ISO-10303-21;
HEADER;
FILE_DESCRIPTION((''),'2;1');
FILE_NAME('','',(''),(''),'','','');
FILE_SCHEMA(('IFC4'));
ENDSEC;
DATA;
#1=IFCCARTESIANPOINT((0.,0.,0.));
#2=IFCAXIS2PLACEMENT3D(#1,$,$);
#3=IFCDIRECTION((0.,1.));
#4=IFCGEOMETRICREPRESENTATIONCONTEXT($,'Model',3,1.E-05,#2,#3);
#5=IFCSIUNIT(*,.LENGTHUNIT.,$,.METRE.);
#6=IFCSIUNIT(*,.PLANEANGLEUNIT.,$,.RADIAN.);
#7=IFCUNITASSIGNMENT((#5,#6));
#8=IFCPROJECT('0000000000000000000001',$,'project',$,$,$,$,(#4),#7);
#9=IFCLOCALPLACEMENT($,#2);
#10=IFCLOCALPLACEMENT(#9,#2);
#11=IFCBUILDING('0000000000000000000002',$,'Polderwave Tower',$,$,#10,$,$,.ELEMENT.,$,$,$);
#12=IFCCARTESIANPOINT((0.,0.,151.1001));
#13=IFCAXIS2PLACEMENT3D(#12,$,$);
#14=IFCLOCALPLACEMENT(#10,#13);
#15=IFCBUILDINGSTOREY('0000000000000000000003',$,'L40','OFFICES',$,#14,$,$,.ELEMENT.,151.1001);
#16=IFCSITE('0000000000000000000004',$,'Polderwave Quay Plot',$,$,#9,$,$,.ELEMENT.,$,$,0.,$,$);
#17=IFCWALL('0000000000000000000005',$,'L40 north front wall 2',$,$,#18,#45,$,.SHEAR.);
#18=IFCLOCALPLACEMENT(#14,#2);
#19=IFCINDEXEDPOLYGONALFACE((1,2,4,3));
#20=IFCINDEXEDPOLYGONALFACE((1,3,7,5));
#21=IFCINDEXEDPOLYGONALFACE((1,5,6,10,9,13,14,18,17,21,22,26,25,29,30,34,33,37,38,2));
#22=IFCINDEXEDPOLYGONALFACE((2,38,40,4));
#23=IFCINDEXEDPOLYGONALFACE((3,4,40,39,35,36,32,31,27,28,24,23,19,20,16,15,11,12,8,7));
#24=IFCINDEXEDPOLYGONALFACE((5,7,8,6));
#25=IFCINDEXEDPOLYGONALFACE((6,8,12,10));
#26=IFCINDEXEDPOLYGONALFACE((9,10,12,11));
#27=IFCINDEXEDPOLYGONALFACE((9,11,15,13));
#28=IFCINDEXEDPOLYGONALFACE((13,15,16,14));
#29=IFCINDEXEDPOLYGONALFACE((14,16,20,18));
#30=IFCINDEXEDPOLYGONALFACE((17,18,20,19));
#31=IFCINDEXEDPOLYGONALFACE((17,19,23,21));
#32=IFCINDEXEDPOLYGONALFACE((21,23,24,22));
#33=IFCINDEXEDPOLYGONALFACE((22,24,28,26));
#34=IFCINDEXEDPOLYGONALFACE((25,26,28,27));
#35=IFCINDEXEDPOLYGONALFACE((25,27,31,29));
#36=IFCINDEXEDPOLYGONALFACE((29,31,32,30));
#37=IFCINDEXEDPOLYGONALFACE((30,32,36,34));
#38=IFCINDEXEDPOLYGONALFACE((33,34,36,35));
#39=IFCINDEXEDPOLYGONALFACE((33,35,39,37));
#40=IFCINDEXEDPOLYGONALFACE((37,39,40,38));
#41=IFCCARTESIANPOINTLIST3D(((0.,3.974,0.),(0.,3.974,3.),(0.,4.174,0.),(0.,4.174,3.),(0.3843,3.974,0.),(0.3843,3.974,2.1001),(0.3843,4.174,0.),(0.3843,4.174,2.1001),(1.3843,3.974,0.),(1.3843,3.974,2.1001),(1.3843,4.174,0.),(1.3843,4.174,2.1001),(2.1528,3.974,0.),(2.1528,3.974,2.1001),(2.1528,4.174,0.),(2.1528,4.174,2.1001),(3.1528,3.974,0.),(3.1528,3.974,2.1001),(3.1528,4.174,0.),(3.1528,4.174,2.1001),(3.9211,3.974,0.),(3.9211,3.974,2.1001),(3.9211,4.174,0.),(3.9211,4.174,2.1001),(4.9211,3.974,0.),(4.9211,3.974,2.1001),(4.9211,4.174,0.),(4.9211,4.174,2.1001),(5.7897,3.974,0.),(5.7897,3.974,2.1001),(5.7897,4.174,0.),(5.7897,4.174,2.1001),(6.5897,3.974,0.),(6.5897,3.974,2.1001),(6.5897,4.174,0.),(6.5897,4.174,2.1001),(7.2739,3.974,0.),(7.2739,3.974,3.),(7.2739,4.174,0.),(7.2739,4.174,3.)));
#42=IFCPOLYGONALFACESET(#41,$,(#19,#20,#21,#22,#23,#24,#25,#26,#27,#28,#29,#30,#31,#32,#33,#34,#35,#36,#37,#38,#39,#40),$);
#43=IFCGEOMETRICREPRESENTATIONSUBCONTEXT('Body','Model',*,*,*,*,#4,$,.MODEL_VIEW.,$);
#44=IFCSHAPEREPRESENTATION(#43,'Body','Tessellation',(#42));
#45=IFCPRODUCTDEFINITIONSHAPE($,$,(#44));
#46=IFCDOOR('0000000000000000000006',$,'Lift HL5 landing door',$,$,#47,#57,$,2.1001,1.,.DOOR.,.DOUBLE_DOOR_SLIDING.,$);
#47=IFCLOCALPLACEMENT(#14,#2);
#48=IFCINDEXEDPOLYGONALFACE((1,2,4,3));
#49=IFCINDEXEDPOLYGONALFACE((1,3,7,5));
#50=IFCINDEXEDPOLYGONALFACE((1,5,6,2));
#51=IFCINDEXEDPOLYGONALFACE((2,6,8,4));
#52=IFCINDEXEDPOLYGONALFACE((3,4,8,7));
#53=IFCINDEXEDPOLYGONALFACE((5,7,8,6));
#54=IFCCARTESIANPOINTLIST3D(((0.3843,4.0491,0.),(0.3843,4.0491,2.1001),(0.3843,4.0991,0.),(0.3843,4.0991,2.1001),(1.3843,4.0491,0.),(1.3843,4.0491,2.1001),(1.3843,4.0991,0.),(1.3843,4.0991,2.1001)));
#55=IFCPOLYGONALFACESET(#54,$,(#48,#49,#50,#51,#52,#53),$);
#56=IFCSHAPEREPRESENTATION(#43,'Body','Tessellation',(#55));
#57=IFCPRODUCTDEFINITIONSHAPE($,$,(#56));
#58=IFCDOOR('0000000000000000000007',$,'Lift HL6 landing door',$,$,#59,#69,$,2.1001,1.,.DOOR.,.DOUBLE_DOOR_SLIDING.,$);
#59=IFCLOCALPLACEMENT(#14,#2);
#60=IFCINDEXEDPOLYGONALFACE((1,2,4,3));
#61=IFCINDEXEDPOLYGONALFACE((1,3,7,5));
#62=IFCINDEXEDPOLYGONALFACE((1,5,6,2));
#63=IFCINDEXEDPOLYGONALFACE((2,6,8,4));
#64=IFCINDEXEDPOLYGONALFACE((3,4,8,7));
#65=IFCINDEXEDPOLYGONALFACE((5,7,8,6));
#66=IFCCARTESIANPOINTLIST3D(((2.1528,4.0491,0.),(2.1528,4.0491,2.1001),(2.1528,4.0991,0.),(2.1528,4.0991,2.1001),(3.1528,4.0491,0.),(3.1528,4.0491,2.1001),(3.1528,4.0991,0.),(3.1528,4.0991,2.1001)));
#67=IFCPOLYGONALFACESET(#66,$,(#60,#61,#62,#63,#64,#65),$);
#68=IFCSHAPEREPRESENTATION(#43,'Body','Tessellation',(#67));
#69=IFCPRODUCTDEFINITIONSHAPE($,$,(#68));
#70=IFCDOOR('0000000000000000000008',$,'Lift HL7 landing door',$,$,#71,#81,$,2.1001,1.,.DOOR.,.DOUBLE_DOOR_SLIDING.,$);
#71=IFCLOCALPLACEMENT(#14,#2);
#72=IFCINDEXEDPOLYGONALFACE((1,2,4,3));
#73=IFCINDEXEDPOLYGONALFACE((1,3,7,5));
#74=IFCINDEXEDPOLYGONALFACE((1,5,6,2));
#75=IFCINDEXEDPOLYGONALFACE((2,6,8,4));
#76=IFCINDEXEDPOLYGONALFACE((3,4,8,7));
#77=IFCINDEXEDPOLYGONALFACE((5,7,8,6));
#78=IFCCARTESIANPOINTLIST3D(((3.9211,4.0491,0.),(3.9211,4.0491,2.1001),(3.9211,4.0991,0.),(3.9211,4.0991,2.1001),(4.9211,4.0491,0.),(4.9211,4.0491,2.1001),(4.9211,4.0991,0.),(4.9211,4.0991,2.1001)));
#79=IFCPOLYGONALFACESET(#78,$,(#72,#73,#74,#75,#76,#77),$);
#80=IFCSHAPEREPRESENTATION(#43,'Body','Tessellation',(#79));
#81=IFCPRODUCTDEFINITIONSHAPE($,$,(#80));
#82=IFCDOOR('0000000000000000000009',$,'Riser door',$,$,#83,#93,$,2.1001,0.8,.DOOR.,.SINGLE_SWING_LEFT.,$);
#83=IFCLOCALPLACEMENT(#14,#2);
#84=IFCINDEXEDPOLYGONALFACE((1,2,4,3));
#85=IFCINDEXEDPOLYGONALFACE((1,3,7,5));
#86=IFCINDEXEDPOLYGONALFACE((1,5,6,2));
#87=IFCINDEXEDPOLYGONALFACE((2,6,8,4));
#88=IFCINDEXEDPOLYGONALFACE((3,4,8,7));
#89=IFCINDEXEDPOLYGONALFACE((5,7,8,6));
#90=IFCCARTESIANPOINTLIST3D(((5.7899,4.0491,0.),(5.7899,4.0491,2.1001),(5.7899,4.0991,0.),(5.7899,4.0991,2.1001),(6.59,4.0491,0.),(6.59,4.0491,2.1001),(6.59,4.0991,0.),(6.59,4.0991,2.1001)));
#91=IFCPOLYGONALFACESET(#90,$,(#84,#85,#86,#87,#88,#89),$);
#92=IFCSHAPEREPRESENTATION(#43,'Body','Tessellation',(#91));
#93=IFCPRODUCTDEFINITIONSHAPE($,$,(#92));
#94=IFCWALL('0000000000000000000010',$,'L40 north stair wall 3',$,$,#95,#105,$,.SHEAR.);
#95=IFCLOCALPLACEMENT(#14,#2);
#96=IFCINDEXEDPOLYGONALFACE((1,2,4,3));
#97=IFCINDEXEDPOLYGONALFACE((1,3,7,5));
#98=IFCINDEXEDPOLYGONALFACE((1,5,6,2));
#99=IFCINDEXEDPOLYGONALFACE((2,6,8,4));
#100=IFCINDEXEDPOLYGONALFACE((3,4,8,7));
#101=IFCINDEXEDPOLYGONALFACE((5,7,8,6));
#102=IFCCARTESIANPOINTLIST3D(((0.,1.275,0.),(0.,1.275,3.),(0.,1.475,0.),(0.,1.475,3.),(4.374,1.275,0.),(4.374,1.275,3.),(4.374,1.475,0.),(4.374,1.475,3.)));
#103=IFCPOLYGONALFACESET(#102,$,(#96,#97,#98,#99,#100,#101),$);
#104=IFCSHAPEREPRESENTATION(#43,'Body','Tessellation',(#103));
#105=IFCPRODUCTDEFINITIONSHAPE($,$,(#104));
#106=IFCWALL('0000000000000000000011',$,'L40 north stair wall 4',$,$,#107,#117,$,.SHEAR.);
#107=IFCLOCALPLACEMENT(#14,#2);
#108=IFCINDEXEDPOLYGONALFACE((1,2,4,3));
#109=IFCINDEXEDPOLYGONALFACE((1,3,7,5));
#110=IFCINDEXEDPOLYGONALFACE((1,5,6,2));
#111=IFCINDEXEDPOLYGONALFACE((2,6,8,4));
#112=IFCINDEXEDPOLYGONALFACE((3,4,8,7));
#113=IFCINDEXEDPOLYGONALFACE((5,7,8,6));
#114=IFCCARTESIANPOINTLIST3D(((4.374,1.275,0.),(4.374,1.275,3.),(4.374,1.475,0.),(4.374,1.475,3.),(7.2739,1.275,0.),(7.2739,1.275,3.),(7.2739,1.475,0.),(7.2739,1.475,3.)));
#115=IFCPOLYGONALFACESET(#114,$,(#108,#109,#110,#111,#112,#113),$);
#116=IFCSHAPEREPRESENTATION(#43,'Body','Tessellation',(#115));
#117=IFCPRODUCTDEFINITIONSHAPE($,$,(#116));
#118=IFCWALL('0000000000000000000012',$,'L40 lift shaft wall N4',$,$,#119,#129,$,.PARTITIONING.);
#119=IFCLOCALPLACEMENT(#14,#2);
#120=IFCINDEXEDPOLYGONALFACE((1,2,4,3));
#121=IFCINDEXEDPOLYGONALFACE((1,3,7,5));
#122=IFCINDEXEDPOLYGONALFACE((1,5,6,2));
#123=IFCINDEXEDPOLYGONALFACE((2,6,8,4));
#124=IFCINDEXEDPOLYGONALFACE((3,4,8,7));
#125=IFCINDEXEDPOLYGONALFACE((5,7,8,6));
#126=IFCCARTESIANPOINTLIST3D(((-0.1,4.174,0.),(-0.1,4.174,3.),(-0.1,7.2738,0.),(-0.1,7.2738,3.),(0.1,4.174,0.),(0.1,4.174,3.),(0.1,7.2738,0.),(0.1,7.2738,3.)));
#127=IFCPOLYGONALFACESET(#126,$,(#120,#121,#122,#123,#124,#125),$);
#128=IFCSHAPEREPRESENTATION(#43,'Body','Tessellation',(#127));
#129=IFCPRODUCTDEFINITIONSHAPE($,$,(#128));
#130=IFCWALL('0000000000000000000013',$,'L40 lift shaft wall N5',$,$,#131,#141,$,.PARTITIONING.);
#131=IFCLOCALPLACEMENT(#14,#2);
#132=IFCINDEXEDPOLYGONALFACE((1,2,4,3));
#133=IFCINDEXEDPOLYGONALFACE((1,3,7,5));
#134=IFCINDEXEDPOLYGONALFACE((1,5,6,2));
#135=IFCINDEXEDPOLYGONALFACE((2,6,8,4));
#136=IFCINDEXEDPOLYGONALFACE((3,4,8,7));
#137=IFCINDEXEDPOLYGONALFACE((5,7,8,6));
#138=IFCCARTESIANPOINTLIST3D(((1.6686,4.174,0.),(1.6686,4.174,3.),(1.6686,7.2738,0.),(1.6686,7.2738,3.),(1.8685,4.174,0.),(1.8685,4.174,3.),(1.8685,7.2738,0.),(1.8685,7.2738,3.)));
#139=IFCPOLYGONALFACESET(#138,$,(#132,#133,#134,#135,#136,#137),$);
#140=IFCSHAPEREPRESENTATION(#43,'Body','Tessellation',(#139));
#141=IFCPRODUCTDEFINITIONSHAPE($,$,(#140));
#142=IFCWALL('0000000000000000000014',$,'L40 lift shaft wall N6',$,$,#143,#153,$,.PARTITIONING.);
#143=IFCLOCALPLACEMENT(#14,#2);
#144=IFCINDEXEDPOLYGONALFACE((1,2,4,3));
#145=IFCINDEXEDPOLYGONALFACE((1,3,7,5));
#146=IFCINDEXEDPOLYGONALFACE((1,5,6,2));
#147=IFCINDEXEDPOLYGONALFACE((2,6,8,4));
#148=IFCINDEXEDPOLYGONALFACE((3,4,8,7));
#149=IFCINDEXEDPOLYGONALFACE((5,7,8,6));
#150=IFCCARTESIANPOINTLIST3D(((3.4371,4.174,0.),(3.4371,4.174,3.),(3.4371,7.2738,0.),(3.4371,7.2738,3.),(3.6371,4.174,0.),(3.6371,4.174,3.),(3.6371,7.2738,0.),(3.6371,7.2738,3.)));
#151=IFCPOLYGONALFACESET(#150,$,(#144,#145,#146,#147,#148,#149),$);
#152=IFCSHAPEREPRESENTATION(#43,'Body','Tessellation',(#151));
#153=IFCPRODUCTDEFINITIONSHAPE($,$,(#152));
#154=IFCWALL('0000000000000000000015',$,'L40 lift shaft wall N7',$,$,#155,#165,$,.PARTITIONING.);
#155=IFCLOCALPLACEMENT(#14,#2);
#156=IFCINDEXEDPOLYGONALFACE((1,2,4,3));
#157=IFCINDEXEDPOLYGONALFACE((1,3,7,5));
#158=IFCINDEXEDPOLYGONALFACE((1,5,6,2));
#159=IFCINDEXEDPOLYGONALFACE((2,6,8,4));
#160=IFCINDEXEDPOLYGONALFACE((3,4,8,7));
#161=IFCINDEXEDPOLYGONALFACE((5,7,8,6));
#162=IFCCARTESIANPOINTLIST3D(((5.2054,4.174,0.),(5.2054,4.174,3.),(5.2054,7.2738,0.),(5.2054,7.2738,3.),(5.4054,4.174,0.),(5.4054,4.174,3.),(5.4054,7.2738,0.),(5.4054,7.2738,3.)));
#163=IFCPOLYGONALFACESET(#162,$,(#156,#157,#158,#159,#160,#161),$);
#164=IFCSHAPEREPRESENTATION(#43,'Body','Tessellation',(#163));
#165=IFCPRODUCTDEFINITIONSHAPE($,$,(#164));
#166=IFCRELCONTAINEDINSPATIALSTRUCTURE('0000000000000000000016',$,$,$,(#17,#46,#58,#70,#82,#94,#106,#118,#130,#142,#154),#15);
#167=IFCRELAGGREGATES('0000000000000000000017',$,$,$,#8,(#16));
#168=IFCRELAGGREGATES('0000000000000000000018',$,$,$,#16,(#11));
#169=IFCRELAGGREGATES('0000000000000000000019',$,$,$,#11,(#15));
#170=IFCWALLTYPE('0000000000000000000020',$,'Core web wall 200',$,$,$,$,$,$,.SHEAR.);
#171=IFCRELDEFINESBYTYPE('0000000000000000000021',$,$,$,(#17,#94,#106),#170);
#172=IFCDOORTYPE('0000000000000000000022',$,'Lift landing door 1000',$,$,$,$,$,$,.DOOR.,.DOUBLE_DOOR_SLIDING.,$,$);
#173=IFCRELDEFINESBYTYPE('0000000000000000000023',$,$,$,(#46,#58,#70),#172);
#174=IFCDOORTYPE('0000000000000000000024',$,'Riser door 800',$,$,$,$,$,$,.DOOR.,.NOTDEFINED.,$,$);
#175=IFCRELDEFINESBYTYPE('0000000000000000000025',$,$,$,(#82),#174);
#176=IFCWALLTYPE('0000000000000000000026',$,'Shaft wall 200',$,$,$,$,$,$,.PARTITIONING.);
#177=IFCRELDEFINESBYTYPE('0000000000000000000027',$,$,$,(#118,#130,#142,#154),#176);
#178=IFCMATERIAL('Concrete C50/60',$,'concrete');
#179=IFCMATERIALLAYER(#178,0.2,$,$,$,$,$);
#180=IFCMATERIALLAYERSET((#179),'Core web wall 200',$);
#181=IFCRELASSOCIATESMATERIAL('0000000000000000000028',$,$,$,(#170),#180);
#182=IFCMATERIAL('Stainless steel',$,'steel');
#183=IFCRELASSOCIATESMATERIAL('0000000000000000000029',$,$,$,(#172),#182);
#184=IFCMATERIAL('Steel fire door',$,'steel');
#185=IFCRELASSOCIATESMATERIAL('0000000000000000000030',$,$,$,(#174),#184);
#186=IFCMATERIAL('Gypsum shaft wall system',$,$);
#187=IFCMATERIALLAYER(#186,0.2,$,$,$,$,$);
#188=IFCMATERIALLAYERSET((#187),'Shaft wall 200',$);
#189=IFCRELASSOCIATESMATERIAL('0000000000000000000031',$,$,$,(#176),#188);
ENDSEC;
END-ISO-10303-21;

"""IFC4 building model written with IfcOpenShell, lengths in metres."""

from ifc_helpers import new_model, si_unit, direction, frame, frame_2d, origin, place, context, subcontext, project, spatial, rectangle, extrude, material, layer, layer_set, type_object, element, fill, save


model = new_model("IFC4")

# Units and contexts
model_context = context("Model", 3, precision=1e-05, world=origin(), true_north=direction((0.0, 1.0)))
body_context = subcontext(model_context, "Body", "Model", "MODEL_VIEW")
ifc_project = project(units=[si_unit("LENGTHUNIT", "METRE"), si_unit("PLANEANGLEUNIT", "RADIAN")], contexts=[model_context])

# Site, building, storey
site_placement = place(None, origin())
site = spatial("IfcSite", under=ifc_project, at=site_placement, Name="Polderwave Quay Plot", CompositionType="ELEMENT", RefElevation=0.0)
building_placement = place(site_placement, origin())
building = spatial("IfcBuilding", under=site, at=building_placement, Name="Polderwave Tower", CompositionType="ELEMENT")
storey_placement = place(building_placement, frame((0.0, 0.0, 151.1001)))
storey = spatial("IfcBuildingStorey", under=building, at=storey_placement, Name="L40", Description="OFFICES", CompositionType="ELEMENT", Elevation=151.1001)

# Wall, openings, doors
ifc_material_1 = material(Name="Concrete C50/60", Category="concrete")
ifc_layer_1 = layer(ifc_material_1, 0.2)
ifc_layer_set_1 = layer_set([ifc_layer_1], Name="Core web wall 200")
wall_type_1 = type_object("IfcWallType", Name="Core web wall 200", PredefinedType="SHEAR", material=ifc_layer_set_1)
wall_1_placement = place(storey_placement, frame((0.0, 4.074, 0.0), z_axis=(0.0, 0.0, 1.0), x_axis=(1.0, 0.0, 0.0)))
wall_1 = element("IfcWall", 1, at=wall_1_placement, inside=storey, type_object=wall_type_1, Name="L40 north front wall 2", PredefinedType="SHEAR", context=body_context, shape_type="SweptSolid", body=[
    extrude(rectangle(XDim=7.2739, YDim=0.2, at=frame_2d((3.637, 0.0))), origin(), (0.0, 0.0, 1.0), 3.0),
])
opening_1_placement = place(wall_1_placement, frame((0.3843, 0.0, 0.0)))
opening_1 = element("IfcOpeningElement", 2, at=opening_1_placement, cuts=wall_1, PredefinedType="OPENING", context=body_context, shape_type="SweptSolid", body=[
    extrude(rectangle(XDim=1.0, YDim=2.1001, at=frame_2d((0.5, 1.05))), frame((0.0, 0.1099, 0.0), z_axis=(0.0, -1.0, 0.0), x_axis=(1.0, 0.0, 0.0)), (0.0, 0.0, 1.0), 0.22),
])
opening_2_placement = place(wall_1_placement, frame((2.1528, 0.0, 0.0)))
opening_2 = element("IfcOpeningElement", 3, at=opening_2_placement, cuts=wall_1, PredefinedType="OPENING", context=body_context, shape_type="SweptSolid", body=[
    extrude(rectangle(XDim=1.0, YDim=2.1001, at=frame_2d((0.5, 1.05))), frame((0.0, 0.1099, 0.0), z_axis=(0.0, -1.0, 0.0), x_axis=(1.0, 0.0, 0.0)), (0.0, 0.0, 1.0), 0.22),
])
opening_3_placement = place(wall_1_placement, frame((3.9211, 0.0, 0.0)))
opening_3 = element("IfcOpeningElement", 4, at=opening_3_placement, cuts=wall_1, PredefinedType="OPENING", context=body_context, shape_type="SweptSolid", body=[
    extrude(rectangle(XDim=1.0, YDim=2.1001, at=frame_2d((0.5, 1.05))), frame((0.0, 0.1099, 0.0), z_axis=(0.0, -1.0, 0.0), x_axis=(1.0, 0.0, 0.0)), (0.0, 0.0, 1.0), 0.22),
])
opening_4_placement = place(wall_1_placement, frame((5.7898, 0.0, 0.0)))
opening_4 = element("IfcOpeningElement", 5, at=opening_4_placement, cuts=wall_1, PredefinedType="OPENING", context=body_context, shape_type="SweptSolid", body=[
    extrude(rectangle(XDim=0.8, YDim=2.1001, at=frame_2d((0.3999, 1.05))), frame((0.0, 0.1099, 0.0), z_axis=(0.0, -1.0, 0.0), x_axis=(1.0, 0.0, 0.0)), (0.0, 0.0, 1.0), 0.22),
])
ifc_material_2 = material(Name="Stainless steel", Category="steel")
door_type_1 = type_object("IfcDoorType", Name="Lift landing door 1000", OperationType="DOUBLE_DOOR_SLIDING", PredefinedType="DOOR", material=ifc_material_2)
door_1_placement = place(opening_1_placement, frame((1.0, 0.0, 0.0), z_axis=(0.0, 0.0, 1.0), x_axis=(-1.0, 0.0, 0.0)))
door_1 = element("IfcDoor", 6, at=door_1_placement, inside=storey, type_object=door_type_1, Name="Lift HL5 landing door", OperationType="DOUBLE_DOOR_SLIDING", OverallHeight=2.1001, OverallWidth=1.0, PredefinedType="DOOR", context=body_context, shape_type="SweptSolid", body=[
    extrude(rectangle(XDim=1.0, YDim=2.1001, at=frame_2d((0.5, 1.05))), frame((0.0, 0.0249, 0.0), z_axis=(0.0, -1.0, 0.0), x_axis=(1.0, 0.0, 0.0)), (0.0, 0.0, 1.0), 0.05),
])
fill(opening_1, door_1)
door_2_placement = place(opening_2_placement, frame((1.0, 0.0, 0.0), z_axis=(0.0, 0.0, 1.0), x_axis=(-1.0, 0.0, 0.0)))
door_2 = element("IfcDoor", 7, at=door_2_placement, inside=storey, type_object=door_type_1, Name="Lift HL6 landing door", OperationType="DOUBLE_DOOR_SLIDING", OverallHeight=2.1001, OverallWidth=1.0, PredefinedType="DOOR", context=body_context, shape_type="SweptSolid", body=[
    extrude(rectangle(XDim=1.0, YDim=2.1001, at=frame_2d((0.5, 1.05))), frame((0.0, 0.0249, 0.0), z_axis=(0.0, -1.0, 0.0), x_axis=(1.0, 0.0, 0.0)), (0.0, 0.0, 1.0), 0.05),
])
fill(opening_2, door_2)
door_3_placement = place(opening_3_placement, frame((1.0, 0.0, 0.0), z_axis=(0.0, 0.0, 1.0), x_axis=(-1.0, 0.0, 0.0)))
door_3 = element("IfcDoor", 8, at=door_3_placement, inside=storey, type_object=door_type_1, Name="Lift HL7 landing door", OperationType="DOUBLE_DOOR_SLIDING", OverallHeight=2.1001, OverallWidth=1.0, PredefinedType="DOOR", context=body_context, shape_type="SweptSolid", body=[
    extrude(rectangle(XDim=1.0, YDim=2.1001, at=frame_2d((0.5, 1.05))), frame((0.0, 0.0249, 0.0), z_axis=(0.0, -1.0, 0.0), x_axis=(1.0, 0.0, 0.0)), (0.0, 0.0, 1.0), 0.05),
])
fill(opening_3, door_3)
ifc_material_3 = material(Name="Steel fire door", Category="steel")
door_type_2 = type_object("IfcDoorType", Name="Riser door 800", OperationType="NOTDEFINED", PredefinedType="DOOR", material=ifc_material_3)
door_4_placement = place(opening_4_placement, frame((0.8, 0.0, 0.0), z_axis=(0.0, 0.0, 1.0), x_axis=(-1.0, 0.0, 0.0)))
door_4 = element("IfcDoor", 9, at=door_4_placement, inside=storey, type_object=door_type_2, Name="Riser door", OperationType="SINGLE_SWING_LEFT", OverallHeight=2.1001, OverallWidth=0.8, PredefinedType="DOOR", context=body_context, shape_type="SweptSolid", body=[
    extrude(rectangle(XDim=0.8, YDim=2.1001, at=frame_2d((0.3999, 1.05))), frame((0.0, 0.0249, 0.0), z_axis=(0.0, -1.0, 0.0), x_axis=(1.0, 0.0, 0.0)), (0.0, 0.0, 1.0), 0.05),
])
fill(opening_4, door_4)

# Walls
wall_2_placement = place(storey_placement, frame((0.0, 1.375, 0.0), z_axis=(0.0, 0.0, 1.0), x_axis=(1.0, 0.0, 0.0)))
element("IfcWall", 10, at=wall_2_placement, inside=storey, type_object=wall_type_1, Name="L40 north stair wall 3", PredefinedType="SHEAR", context=body_context, shape_type="SweptSolid", body=[
    extrude(rectangle(XDim=4.374, YDim=0.2, at=frame_2d((2.187, 0.0))), origin(), (0.0, 0.0, 1.0), 3.0),
])
wall_3_placement = place(storey_placement, frame((4.374, 1.375, 0.0), z_axis=(0.0, 0.0, 1.0), x_axis=(1.0, 0.0, 0.0)))
element("IfcWall", 11, at=wall_3_placement, inside=storey, type_object=wall_type_1, Name="L40 north stair wall 4", PredefinedType="SHEAR", context=body_context, shape_type="SweptSolid", body=[
    extrude(rectangle(XDim=2.8999, YDim=0.2, at=frame_2d((1.45, 0.0))), origin(), (0.0, 0.0, 1.0), 3.0),
])
ifc_material_4 = material(Name="Gypsum shaft wall system")
ifc_layer_2 = layer(ifc_material_4, 0.2)
ifc_layer_set_2 = layer_set([ifc_layer_2], Name="Shaft wall 200")
wall_type_2 = type_object("IfcWallType", Name="Shaft wall 200", PredefinedType="PARTITIONING", material=ifc_layer_set_2)
for number, where, z_axis, x_axis, name in (
    (12, (0.0, 4.1741, 0.0), (0.0, 0.0, 1.0), (0.0, 1.0, 0.0), "L40 lift shaft wall N4"),
    (13, (1.7686, 4.1741, 0.0), (0.0, 0.0, 1.0), (0.0, 1.0, 0.0), "L40 lift shaft wall N5"),
    (14, (3.5371, 4.1741, 0.0), (0.0, 0.0, 1.0), (0.0, 1.0, 0.0), "L40 lift shaft wall N6"),
    (15, (5.3054, 4.1741, 0.0), (0.0, 0.0, 1.0), (0.0, 1.0, 0.0), "L40 lift shaft wall N7"),
):
    element("IfcWall", number, at=place(storey_placement, frame(where, z_axis=z_axis, x_axis=x_axis)), inside=storey, type_object=wall_type_2, Name=name, PredefinedType="PARTITIONING", context=body_context, shape_type="SweptSolid", body=[
        extrude(rectangle(XDim=3.0999, YDim=0.2, at=frame_2d((1.5498, 0.0))), origin(), (0.0, 0.0, 1.0), 3.0),
    ])

save(model, "model.ifc")
